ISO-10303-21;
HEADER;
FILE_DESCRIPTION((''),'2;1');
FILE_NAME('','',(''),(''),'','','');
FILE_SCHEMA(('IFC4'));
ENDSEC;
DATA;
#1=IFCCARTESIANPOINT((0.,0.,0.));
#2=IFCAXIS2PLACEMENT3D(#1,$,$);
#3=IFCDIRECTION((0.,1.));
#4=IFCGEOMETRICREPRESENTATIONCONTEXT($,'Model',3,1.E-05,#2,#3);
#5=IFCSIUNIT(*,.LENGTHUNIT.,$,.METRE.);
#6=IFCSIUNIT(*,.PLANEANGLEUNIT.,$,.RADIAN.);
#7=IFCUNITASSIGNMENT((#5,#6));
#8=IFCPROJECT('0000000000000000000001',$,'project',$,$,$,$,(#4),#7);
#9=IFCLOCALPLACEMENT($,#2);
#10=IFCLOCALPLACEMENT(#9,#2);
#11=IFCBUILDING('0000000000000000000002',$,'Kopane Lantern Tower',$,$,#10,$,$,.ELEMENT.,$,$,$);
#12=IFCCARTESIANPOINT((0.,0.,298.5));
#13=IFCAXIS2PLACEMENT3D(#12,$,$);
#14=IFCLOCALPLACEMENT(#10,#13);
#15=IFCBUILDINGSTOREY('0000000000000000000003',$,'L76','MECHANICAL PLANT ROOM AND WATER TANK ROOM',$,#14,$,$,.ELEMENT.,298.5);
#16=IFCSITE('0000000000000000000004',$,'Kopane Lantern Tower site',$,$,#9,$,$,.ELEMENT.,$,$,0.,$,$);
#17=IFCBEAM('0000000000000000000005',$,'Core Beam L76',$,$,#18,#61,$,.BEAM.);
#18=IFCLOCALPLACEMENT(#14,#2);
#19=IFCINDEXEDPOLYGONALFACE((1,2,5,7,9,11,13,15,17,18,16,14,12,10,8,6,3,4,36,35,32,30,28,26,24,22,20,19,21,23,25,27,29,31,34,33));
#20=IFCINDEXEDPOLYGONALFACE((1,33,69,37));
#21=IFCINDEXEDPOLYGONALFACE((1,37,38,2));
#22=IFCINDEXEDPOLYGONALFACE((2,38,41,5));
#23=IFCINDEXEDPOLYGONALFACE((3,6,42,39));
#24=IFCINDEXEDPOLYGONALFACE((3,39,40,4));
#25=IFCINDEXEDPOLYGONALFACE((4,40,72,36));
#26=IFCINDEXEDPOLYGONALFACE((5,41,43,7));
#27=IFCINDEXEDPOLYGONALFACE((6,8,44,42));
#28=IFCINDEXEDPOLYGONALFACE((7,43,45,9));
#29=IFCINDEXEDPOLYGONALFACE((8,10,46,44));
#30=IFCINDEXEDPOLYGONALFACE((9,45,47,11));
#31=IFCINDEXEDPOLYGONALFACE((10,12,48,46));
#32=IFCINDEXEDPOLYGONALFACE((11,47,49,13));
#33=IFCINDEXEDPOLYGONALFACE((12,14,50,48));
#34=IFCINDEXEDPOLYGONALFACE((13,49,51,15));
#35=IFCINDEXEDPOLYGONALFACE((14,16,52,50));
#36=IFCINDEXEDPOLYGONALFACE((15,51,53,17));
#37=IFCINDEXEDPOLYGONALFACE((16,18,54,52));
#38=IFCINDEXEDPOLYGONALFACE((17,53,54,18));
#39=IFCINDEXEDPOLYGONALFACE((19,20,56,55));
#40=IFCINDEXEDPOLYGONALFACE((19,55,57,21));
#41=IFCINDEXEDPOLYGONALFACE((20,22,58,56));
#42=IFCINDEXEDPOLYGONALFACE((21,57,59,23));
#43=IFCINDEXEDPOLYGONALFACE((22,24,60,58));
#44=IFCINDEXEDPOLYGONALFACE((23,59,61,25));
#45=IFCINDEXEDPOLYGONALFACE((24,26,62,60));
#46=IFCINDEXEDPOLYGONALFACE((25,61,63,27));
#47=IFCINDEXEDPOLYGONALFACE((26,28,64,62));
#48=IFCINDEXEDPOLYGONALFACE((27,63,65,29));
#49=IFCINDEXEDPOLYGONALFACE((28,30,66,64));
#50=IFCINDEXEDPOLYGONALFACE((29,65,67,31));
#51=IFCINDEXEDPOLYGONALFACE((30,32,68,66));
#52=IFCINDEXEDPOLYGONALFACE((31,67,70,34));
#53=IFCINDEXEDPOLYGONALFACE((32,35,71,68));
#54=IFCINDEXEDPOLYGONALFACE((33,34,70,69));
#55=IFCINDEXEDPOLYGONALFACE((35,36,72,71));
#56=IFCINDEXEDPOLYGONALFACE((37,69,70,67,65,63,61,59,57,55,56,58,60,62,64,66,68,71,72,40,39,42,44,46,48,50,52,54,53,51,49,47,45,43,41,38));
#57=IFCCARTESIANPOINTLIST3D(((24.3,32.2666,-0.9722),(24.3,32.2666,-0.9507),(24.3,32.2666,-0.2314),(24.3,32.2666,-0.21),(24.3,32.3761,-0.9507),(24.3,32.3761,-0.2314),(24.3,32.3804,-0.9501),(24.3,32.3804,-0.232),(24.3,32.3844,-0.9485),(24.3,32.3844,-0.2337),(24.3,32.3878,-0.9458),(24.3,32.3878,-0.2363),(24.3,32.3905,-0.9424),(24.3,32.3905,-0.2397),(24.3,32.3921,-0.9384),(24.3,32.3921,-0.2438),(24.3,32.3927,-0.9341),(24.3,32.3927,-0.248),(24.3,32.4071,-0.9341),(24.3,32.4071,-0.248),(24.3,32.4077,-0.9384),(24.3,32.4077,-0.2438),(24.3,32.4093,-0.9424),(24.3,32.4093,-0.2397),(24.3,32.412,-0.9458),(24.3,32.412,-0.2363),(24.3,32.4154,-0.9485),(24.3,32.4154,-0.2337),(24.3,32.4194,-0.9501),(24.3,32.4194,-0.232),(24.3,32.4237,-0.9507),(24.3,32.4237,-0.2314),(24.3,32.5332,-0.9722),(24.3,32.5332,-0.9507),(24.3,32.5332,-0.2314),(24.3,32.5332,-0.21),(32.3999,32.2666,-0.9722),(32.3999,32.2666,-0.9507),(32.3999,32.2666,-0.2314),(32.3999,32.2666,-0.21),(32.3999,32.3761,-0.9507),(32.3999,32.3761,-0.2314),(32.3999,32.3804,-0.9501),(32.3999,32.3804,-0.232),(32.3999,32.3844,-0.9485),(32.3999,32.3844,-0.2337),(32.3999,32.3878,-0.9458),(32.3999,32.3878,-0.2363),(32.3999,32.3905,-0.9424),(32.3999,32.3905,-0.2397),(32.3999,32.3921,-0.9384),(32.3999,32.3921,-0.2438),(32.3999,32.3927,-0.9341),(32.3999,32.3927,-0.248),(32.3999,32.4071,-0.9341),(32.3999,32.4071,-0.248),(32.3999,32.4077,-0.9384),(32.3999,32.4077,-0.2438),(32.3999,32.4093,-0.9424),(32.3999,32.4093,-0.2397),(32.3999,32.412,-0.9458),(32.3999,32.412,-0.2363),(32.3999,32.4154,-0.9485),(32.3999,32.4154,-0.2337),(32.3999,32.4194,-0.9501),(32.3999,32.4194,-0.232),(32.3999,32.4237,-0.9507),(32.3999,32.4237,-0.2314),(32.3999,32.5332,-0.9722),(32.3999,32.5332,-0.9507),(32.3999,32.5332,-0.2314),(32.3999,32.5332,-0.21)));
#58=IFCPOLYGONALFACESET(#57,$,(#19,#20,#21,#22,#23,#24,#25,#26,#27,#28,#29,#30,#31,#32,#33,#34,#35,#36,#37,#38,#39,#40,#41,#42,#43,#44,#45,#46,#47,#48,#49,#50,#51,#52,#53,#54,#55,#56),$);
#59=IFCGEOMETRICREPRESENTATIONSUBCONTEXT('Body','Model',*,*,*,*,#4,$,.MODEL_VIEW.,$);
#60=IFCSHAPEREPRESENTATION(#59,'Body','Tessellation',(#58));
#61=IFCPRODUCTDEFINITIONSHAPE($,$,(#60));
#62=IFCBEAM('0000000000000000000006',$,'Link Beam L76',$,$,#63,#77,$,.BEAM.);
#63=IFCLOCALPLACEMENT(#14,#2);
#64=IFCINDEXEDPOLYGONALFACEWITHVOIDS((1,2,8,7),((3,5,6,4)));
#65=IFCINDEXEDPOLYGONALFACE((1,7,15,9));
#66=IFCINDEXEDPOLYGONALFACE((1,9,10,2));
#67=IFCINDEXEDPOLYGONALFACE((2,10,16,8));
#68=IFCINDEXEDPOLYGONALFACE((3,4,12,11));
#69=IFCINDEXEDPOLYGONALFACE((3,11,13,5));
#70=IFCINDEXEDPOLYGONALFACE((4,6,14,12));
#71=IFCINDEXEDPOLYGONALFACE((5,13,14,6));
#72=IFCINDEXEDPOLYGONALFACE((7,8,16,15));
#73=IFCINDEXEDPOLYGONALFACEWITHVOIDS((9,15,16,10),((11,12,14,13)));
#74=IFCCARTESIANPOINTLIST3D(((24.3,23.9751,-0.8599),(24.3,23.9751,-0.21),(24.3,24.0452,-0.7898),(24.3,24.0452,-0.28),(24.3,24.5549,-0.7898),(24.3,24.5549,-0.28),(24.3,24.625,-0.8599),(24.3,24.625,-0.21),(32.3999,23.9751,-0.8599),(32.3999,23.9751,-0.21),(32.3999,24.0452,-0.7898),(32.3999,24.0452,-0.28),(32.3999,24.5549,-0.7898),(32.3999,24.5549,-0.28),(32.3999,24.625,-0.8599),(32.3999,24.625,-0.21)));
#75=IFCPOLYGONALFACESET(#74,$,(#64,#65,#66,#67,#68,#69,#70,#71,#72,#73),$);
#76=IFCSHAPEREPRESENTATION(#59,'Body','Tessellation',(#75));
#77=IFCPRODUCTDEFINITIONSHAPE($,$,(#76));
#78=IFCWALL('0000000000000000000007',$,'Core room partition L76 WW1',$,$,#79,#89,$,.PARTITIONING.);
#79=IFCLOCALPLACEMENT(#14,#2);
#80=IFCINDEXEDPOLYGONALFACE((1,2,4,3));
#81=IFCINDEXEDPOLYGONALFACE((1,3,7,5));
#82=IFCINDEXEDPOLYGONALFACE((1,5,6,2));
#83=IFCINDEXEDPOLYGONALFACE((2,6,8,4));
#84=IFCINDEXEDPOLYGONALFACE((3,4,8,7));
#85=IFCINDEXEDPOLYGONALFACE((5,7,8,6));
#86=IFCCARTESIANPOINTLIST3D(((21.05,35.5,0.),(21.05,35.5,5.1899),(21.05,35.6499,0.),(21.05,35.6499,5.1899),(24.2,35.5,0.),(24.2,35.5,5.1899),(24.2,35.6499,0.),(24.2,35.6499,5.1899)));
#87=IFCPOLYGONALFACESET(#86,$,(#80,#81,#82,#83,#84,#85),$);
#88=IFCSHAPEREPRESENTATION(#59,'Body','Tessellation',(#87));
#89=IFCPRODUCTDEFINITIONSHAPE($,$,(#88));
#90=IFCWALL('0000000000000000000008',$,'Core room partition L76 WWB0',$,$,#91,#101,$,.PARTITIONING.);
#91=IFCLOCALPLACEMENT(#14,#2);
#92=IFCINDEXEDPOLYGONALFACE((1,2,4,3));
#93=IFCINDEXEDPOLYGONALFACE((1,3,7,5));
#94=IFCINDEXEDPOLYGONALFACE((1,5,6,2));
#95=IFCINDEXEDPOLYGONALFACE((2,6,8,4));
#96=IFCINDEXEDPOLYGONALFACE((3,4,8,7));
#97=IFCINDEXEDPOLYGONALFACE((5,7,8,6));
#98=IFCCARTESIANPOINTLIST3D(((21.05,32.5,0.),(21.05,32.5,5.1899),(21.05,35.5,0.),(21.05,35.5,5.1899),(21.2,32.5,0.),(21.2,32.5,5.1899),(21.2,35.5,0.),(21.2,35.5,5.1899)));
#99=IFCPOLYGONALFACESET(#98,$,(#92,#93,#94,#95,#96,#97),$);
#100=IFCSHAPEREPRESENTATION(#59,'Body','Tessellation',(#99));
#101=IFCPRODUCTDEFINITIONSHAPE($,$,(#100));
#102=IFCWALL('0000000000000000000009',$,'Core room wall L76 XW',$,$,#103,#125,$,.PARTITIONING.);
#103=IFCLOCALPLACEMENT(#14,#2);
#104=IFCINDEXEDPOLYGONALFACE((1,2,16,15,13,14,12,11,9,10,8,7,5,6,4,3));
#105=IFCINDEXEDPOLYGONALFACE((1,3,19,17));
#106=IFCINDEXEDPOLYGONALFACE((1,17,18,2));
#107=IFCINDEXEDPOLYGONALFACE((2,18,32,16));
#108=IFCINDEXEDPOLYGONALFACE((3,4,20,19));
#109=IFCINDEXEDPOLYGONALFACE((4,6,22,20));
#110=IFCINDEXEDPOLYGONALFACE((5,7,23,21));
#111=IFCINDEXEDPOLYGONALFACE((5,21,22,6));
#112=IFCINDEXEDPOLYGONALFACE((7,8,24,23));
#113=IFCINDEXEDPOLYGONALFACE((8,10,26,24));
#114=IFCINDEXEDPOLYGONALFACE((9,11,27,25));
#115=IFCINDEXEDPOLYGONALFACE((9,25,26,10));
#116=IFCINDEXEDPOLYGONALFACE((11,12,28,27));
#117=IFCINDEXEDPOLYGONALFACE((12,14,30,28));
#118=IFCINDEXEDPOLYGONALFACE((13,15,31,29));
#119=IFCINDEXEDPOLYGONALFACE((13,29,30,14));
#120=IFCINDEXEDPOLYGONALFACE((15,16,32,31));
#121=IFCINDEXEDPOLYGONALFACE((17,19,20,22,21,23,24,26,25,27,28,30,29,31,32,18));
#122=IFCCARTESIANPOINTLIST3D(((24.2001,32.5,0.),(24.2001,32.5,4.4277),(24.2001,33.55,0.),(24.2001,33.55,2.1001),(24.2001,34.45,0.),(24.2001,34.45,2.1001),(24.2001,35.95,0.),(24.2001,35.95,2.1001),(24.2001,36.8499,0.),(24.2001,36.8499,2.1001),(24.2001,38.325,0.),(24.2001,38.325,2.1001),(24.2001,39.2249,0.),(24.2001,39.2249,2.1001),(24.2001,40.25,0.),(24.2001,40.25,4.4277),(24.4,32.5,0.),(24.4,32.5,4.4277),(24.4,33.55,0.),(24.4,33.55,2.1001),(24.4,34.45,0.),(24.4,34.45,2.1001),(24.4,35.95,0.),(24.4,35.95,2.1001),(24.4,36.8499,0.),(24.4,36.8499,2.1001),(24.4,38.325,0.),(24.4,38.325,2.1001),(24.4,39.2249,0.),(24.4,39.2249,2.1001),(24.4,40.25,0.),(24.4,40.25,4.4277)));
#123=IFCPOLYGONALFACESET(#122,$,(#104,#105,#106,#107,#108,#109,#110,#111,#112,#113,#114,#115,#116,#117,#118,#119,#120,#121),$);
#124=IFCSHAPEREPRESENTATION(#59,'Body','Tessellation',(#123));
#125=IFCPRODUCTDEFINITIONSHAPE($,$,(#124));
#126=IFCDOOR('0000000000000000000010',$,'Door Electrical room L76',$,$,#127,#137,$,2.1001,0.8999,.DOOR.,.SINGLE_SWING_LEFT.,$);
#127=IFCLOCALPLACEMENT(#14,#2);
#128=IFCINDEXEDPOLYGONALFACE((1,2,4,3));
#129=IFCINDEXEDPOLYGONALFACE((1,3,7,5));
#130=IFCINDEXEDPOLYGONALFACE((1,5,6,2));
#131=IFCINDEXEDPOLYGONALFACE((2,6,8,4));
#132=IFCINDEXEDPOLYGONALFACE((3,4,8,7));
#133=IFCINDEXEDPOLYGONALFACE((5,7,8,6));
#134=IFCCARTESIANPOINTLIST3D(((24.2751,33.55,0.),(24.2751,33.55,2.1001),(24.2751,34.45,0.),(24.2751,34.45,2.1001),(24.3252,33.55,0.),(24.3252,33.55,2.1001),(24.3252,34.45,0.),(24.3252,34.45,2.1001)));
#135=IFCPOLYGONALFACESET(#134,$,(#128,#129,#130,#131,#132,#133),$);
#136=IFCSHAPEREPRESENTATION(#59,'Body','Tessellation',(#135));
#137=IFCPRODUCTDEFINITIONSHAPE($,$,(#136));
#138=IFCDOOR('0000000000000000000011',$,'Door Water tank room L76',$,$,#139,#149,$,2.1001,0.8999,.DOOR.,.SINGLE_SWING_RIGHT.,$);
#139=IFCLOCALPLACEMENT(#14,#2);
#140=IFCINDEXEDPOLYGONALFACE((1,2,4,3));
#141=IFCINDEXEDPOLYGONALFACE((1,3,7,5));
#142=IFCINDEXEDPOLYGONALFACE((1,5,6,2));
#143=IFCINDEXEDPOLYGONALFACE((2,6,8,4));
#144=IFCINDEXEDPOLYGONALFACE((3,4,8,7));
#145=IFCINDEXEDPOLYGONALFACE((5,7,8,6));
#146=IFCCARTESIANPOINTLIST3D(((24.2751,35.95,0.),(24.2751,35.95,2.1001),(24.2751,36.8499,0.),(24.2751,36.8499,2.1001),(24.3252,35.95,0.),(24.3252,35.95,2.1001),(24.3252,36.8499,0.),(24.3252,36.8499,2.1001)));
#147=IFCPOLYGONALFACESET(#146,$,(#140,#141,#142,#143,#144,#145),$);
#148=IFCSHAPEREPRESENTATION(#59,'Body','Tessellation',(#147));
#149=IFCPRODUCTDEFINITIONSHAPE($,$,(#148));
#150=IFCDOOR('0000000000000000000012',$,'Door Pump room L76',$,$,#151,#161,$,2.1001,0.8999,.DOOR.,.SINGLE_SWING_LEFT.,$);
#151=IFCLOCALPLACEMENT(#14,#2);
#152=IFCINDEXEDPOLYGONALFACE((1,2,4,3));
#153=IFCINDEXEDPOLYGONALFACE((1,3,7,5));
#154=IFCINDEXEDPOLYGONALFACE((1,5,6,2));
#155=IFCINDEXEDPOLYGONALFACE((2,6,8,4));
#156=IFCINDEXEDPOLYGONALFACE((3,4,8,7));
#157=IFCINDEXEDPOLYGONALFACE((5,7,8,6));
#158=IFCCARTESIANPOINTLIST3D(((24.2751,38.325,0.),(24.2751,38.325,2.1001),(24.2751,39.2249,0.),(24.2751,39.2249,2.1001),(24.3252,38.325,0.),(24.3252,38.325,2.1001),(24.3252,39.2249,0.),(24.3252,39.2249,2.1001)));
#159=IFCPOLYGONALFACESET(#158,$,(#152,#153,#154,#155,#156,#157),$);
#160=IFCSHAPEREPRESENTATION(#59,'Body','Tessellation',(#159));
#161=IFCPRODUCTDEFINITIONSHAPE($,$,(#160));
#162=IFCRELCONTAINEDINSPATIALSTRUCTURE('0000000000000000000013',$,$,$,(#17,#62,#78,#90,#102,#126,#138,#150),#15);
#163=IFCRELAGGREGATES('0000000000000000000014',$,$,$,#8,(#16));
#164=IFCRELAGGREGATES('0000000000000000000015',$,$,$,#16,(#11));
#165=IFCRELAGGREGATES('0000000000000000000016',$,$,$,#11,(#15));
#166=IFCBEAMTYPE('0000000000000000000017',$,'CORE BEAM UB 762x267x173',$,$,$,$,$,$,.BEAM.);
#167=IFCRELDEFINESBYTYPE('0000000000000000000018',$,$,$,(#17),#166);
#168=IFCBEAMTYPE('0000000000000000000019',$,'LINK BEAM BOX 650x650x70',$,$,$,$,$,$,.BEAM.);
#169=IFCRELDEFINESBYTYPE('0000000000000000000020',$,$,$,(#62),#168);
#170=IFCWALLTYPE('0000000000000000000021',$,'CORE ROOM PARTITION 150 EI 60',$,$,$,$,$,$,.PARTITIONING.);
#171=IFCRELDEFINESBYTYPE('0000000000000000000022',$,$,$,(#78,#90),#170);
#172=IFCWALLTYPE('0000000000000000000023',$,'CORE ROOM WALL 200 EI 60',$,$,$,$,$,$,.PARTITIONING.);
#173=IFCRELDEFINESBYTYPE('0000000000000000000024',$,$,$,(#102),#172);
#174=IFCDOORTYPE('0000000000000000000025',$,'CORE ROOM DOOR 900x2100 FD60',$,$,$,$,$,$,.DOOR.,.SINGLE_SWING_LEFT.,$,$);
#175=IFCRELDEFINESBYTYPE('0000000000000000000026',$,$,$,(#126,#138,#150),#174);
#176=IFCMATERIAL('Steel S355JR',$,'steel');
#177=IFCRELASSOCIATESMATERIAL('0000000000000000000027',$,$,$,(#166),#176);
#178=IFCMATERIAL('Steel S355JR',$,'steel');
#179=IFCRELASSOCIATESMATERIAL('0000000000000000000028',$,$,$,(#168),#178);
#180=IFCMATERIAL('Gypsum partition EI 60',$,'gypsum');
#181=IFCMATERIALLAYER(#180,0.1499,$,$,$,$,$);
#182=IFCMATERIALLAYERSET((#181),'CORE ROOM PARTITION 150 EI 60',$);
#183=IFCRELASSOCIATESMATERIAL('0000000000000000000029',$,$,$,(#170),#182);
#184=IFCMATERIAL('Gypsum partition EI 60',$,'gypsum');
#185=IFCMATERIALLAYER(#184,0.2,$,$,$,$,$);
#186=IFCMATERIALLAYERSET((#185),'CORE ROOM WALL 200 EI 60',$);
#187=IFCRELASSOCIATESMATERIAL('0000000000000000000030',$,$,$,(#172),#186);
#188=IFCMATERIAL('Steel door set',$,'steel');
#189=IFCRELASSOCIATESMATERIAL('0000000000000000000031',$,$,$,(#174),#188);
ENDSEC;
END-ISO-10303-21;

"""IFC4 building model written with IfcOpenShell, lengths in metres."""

from ifc_helpers import new_model, si_unit, direction, frame, frame_2d, origin, origin_2d, place, context, subcontext, project, spatial, rectangle, hollow_rectangle, i_section, extrude, material, layer, layer_set, material_profile, profile_set, type_object, element, fill, save


model = new_model("IFC4")

# Units and contexts
model_context = context("Model", 3, precision=1e-05, world=origin(), true_north=direction((0.0, 1.0)))
body_context = subcontext(model_context, "Body", "Model", "MODEL_VIEW")
ifc_project = project(units=[si_unit("LENGTHUNIT", "METRE"), si_unit("PLANEANGLEUNIT", "RADIAN")], contexts=[model_context])

# Site, building, storey
site_placement = place(None, origin())
site = spatial("IfcSite", under=ifc_project, at=site_placement, Name="Kopane Lantern Tower site", CompositionType="ELEMENT", RefElevation=0.0)
building_placement = place(site_placement, origin())
building = spatial("IfcBuilding", under=site, at=building_placement, Name="Kopane Lantern Tower", CompositionType="ELEMENT")
storey_placement = place(building_placement, frame((0.0, 0.0, 298.5)))
storey = spatial("IfcBuildingStorey", under=building, at=storey_placement, Name="L76", Description="MECHANICAL PLANT ROOM AND WATER TANK ROOM", CompositionType="ELEMENT", Elevation=298.5)

# Beams
ifc_material_1 = material(Name="Steel S355JR", Category="steel")
ifc_material_profile_1 = material_profile(ifc_material_1, i_section(OverallWidth=0.2666, OverallDepth=0.7622, WebThickness=0.0144, FlangeThickness=0.0215, FilletRadius=0.0166, at=origin_2d()), Name="UB 762x267x173")
ifc_profile_set_1 = profile_set([ifc_material_profile_1], Name="Steel S355JR")
beam_type_1 = type_object("IfcBeamType", Name="CORE BEAM UB 762x267x173", PredefinedType="BEAM", material=ifc_profile_set_1)
beam_1_placement = place(storey_placement, frame((24.3, 32.3999, -0.5911), z_axis=(1.0, 0.0, 0.0), x_axis=(0.0, 1.0, 0.0)))
element("IfcBeam", 1, at=beam_1_placement, inside=storey, type_object=beam_type_1, Name="Core Beam L76", PredefinedType="BEAM", context=body_context, shape_type="SweptSolid", body=[
    extrude(i_section(OverallWidth=0.2666, OverallDepth=0.7622, WebThickness=0.0144, FlangeThickness=0.0215, FilletRadius=0.0166, at=origin_2d()), origin(), (0.0, 0.0, 1.0), 8.0999),
])
ifc_material_2 = material(Name="Steel S355JR", Category="steel")
ifc_material_profile_2 = material_profile(ifc_material_2, hollow_rectangle(XDim=0.6499, YDim=0.6499, WallThickness=0.0701, at=origin_2d()), Name="BOX 650x650x70")
ifc_profile_set_2 = profile_set([ifc_material_profile_2], Name="Steel S355JR")
beam_type_2 = type_object("IfcBeamType", Name="LINK BEAM BOX 650x650x70", PredefinedType="BEAM", material=ifc_profile_set_2)
beam_2_placement = place(storey_placement, frame((24.3, 24.3, -0.5349), z_axis=(1.0, 0.0, 0.0), x_axis=(0.0, 1.0, 0.0)))
element("IfcBeam", 2, at=beam_2_placement, inside=storey, type_object=beam_type_2, Name="Link Beam L76", PredefinedType="BEAM", context=body_context, shape_type="SweptSolid", body=[
    extrude(hollow_rectangle(XDim=0.6499, YDim=0.6499, WallThickness=0.0701, at=origin_2d()), origin(), (0.0, 0.0, 1.0), 8.0999),
])

# Walls
ifc_material_3 = material(Name="Gypsum partition EI 60", Category="gypsum")
ifc_layer_1 = layer(ifc_material_3, 0.1499)
ifc_layer_set_1 = layer_set([ifc_layer_1], Name="CORE ROOM PARTITION 150 EI 60")
wall_type_1 = type_object("IfcWallType", Name="CORE ROOM PARTITION 150 EI 60", PredefinedType="PARTITIONING", material=ifc_layer_set_1)
wall_1_placement = place(storey_placement, frame((21.05, 35.575, 0.0), z_axis=(0.0, 0.0, 1.0), x_axis=(1.0, 0.0, 0.0)))
element("IfcWall", 3, at=wall_1_placement, inside=storey, type_object=wall_type_1, Name="Core room partition L76 WW1", PredefinedType="PARTITIONING", context=body_context, shape_type="SweptSolid", body=[
    extrude(rectangle(XDim=3.1499, YDim=0.1499, at=frame_2d((1.575, 0.0))), origin(), (0.0, 0.0, 1.0), 5.1899),
])
wall_2_placement = place(storey_placement, frame((21.125, 32.5, 0.0), z_axis=(0.0, 0.0, 1.0), x_axis=(0.0, 1.0, 0.0)))
element("IfcWall", 4, at=wall_2_placement, inside=storey, type_object=wall_type_1, Name="Core room partition L76 WWB0", PredefinedType="PARTITIONING", context=body_context, shape_type="SweptSolid", body=[
    extrude(rectangle(XDim=3.0, YDim=0.1499, at=frame_2d((1.5, 0.0))), origin(), (0.0, 0.0, 1.0), 5.1899),
])

# Wall, openings, doors
ifc_material_4 = material(Name="Gypsum partition EI 60", Category="gypsum")
ifc_layer_2 = layer(ifc_material_4, 0.2)
ifc_layer_set_2 = layer_set([ifc_layer_2], Name="CORE ROOM WALL 200 EI 60")
wall_type_2 = type_object("IfcWallType", Name="CORE ROOM WALL 200 EI 60", PredefinedType="PARTITIONING", material=ifc_layer_set_2)
wall_3_placement = place(storey_placement, frame((24.3, 32.5, 0.0), z_axis=(0.0, 0.0, 1.0), x_axis=(0.0, 1.0, 0.0)))
wall_3 = element("IfcWall", 5, at=wall_3_placement, inside=storey, type_object=wall_type_2, Name="Core room wall L76 XW", PredefinedType="PARTITIONING", context=body_context, shape_type="SweptSolid", body=[
    extrude(rectangle(XDim=7.75, YDim=0.2, at=frame_2d((3.875, 0.0))), origin(), (0.0, 0.0, 1.0), 4.4277),
])
opening_1_placement = place(wall_3_placement, frame((1.05, 0.0, 0.0)))
opening_1 = element("IfcOpeningElement", 6, at=opening_1_placement, cuts=wall_3, PredefinedType="OPENING", context=body_context, shape_type="SweptSolid", body=[
    extrude(rectangle(XDim=0.8999, YDim=2.1001, at=frame_2d((0.45, 1.05))), frame((0.0, 0.1099, 0.0), z_axis=(0.0, -1.0, 0.0), x_axis=(1.0, 0.0, 0.0)), (0.0, 0.0, 1.0), 0.22),
])
opening_2_placement = place(wall_3_placement, frame((3.45, 0.0, 0.0)))
opening_2 = element("IfcOpeningElement", 7, at=opening_2_placement, cuts=wall_3, PredefinedType="OPENING", context=body_context, shape_type="SweptSolid", body=[
    extrude(rectangle(XDim=0.8999, YDim=2.1001, at=frame_2d((0.45, 1.05))), frame((0.0, 0.1099, 0.0), z_axis=(0.0, -1.0, 0.0), x_axis=(1.0, 0.0, 0.0)), (0.0, 0.0, 1.0), 0.22),
])
opening_3_placement = place(wall_3_placement, frame((5.825, 0.0, 0.0)))
opening_3 = element("IfcOpeningElement", 8, at=opening_3_placement, cuts=wall_3, PredefinedType="OPENING", context=body_context, shape_type="SweptSolid", body=[
    extrude(rectangle(XDim=0.8999, YDim=2.1001, at=frame_2d((0.45, 1.05))), frame((0.0, 0.1099, 0.0), z_axis=(0.0, -1.0, 0.0), x_axis=(1.0, 0.0, 0.0)), (0.0, 0.0, 1.0), 0.22),
])
ifc_material_5 = material(Name="Steel door set", Category="steel")
door_type_1 = type_object("IfcDoorType", Name="CORE ROOM DOOR 900x2100 FD60", OperationType="SINGLE_SWING_LEFT", PredefinedType="DOOR", material=ifc_material_5)
door_1_placement = place(opening_1_placement, origin())
door_1 = element("IfcDoor", 9, at=door_1_placement, inside=storey, type_object=door_type_1, Name="Door Electrical room L76", OperationType="SINGLE_SWING_LEFT", OverallHeight=2.1001, OverallWidth=0.8999, PredefinedType="DOOR", context=body_context, shape_type="SweptSolid", body=[
    extrude(rectangle(XDim=0.8999, YDim=2.1001, at=frame_2d((0.45, 1.05))), frame((0.0, 0.0249, 0.0), z_axis=(0.0, -1.0, 0.0), x_axis=(1.0, 0.0, 0.0)), (0.0, 0.0, 1.0), 0.05),
])
fill(opening_1, door_1)
door_2_placement = place(opening_2_placement, origin())
door_2 = element("IfcDoor", 10, at=door_2_placement, inside=storey, type_object=door_type_1, Name="Door Water tank room L76", OperationType="SINGLE_SWING_RIGHT", OverallHeight=2.1001, OverallWidth=0.8999, PredefinedType="DOOR", context=body_context, shape_type="SweptSolid", body=[
    extrude(rectangle(XDim=0.8999, YDim=2.1001, at=frame_2d((0.45, 1.05))), frame((0.0, 0.0249, 0.0), z_axis=(0.0, -1.0, 0.0), x_axis=(1.0, 0.0, 0.0)), (0.0, 0.0, 1.0), 0.05),
])
fill(opening_2, door_2)
door_3_placement = place(opening_3_placement, origin())
door_3 = element("IfcDoor", 11, at=door_3_placement, inside=storey, type_object=door_type_1, Name="Door Pump room L76", OperationType="SINGLE_SWING_LEFT", OverallHeight=2.1001, OverallWidth=0.8999, PredefinedType="DOOR", context=body_context, shape_type="SweptSolid", body=[
    extrude(rectangle(XDim=0.8999, YDim=2.1001, at=frame_2d((0.45, 1.05))), frame((0.0, 0.0249, 0.0), z_axis=(0.0, -1.0, 0.0), x_axis=(1.0, 0.0, 0.0)), (0.0, 0.0, 1.0), 0.05),
])
fill(opening_3, door_3)

save(model, "model.ifc")
